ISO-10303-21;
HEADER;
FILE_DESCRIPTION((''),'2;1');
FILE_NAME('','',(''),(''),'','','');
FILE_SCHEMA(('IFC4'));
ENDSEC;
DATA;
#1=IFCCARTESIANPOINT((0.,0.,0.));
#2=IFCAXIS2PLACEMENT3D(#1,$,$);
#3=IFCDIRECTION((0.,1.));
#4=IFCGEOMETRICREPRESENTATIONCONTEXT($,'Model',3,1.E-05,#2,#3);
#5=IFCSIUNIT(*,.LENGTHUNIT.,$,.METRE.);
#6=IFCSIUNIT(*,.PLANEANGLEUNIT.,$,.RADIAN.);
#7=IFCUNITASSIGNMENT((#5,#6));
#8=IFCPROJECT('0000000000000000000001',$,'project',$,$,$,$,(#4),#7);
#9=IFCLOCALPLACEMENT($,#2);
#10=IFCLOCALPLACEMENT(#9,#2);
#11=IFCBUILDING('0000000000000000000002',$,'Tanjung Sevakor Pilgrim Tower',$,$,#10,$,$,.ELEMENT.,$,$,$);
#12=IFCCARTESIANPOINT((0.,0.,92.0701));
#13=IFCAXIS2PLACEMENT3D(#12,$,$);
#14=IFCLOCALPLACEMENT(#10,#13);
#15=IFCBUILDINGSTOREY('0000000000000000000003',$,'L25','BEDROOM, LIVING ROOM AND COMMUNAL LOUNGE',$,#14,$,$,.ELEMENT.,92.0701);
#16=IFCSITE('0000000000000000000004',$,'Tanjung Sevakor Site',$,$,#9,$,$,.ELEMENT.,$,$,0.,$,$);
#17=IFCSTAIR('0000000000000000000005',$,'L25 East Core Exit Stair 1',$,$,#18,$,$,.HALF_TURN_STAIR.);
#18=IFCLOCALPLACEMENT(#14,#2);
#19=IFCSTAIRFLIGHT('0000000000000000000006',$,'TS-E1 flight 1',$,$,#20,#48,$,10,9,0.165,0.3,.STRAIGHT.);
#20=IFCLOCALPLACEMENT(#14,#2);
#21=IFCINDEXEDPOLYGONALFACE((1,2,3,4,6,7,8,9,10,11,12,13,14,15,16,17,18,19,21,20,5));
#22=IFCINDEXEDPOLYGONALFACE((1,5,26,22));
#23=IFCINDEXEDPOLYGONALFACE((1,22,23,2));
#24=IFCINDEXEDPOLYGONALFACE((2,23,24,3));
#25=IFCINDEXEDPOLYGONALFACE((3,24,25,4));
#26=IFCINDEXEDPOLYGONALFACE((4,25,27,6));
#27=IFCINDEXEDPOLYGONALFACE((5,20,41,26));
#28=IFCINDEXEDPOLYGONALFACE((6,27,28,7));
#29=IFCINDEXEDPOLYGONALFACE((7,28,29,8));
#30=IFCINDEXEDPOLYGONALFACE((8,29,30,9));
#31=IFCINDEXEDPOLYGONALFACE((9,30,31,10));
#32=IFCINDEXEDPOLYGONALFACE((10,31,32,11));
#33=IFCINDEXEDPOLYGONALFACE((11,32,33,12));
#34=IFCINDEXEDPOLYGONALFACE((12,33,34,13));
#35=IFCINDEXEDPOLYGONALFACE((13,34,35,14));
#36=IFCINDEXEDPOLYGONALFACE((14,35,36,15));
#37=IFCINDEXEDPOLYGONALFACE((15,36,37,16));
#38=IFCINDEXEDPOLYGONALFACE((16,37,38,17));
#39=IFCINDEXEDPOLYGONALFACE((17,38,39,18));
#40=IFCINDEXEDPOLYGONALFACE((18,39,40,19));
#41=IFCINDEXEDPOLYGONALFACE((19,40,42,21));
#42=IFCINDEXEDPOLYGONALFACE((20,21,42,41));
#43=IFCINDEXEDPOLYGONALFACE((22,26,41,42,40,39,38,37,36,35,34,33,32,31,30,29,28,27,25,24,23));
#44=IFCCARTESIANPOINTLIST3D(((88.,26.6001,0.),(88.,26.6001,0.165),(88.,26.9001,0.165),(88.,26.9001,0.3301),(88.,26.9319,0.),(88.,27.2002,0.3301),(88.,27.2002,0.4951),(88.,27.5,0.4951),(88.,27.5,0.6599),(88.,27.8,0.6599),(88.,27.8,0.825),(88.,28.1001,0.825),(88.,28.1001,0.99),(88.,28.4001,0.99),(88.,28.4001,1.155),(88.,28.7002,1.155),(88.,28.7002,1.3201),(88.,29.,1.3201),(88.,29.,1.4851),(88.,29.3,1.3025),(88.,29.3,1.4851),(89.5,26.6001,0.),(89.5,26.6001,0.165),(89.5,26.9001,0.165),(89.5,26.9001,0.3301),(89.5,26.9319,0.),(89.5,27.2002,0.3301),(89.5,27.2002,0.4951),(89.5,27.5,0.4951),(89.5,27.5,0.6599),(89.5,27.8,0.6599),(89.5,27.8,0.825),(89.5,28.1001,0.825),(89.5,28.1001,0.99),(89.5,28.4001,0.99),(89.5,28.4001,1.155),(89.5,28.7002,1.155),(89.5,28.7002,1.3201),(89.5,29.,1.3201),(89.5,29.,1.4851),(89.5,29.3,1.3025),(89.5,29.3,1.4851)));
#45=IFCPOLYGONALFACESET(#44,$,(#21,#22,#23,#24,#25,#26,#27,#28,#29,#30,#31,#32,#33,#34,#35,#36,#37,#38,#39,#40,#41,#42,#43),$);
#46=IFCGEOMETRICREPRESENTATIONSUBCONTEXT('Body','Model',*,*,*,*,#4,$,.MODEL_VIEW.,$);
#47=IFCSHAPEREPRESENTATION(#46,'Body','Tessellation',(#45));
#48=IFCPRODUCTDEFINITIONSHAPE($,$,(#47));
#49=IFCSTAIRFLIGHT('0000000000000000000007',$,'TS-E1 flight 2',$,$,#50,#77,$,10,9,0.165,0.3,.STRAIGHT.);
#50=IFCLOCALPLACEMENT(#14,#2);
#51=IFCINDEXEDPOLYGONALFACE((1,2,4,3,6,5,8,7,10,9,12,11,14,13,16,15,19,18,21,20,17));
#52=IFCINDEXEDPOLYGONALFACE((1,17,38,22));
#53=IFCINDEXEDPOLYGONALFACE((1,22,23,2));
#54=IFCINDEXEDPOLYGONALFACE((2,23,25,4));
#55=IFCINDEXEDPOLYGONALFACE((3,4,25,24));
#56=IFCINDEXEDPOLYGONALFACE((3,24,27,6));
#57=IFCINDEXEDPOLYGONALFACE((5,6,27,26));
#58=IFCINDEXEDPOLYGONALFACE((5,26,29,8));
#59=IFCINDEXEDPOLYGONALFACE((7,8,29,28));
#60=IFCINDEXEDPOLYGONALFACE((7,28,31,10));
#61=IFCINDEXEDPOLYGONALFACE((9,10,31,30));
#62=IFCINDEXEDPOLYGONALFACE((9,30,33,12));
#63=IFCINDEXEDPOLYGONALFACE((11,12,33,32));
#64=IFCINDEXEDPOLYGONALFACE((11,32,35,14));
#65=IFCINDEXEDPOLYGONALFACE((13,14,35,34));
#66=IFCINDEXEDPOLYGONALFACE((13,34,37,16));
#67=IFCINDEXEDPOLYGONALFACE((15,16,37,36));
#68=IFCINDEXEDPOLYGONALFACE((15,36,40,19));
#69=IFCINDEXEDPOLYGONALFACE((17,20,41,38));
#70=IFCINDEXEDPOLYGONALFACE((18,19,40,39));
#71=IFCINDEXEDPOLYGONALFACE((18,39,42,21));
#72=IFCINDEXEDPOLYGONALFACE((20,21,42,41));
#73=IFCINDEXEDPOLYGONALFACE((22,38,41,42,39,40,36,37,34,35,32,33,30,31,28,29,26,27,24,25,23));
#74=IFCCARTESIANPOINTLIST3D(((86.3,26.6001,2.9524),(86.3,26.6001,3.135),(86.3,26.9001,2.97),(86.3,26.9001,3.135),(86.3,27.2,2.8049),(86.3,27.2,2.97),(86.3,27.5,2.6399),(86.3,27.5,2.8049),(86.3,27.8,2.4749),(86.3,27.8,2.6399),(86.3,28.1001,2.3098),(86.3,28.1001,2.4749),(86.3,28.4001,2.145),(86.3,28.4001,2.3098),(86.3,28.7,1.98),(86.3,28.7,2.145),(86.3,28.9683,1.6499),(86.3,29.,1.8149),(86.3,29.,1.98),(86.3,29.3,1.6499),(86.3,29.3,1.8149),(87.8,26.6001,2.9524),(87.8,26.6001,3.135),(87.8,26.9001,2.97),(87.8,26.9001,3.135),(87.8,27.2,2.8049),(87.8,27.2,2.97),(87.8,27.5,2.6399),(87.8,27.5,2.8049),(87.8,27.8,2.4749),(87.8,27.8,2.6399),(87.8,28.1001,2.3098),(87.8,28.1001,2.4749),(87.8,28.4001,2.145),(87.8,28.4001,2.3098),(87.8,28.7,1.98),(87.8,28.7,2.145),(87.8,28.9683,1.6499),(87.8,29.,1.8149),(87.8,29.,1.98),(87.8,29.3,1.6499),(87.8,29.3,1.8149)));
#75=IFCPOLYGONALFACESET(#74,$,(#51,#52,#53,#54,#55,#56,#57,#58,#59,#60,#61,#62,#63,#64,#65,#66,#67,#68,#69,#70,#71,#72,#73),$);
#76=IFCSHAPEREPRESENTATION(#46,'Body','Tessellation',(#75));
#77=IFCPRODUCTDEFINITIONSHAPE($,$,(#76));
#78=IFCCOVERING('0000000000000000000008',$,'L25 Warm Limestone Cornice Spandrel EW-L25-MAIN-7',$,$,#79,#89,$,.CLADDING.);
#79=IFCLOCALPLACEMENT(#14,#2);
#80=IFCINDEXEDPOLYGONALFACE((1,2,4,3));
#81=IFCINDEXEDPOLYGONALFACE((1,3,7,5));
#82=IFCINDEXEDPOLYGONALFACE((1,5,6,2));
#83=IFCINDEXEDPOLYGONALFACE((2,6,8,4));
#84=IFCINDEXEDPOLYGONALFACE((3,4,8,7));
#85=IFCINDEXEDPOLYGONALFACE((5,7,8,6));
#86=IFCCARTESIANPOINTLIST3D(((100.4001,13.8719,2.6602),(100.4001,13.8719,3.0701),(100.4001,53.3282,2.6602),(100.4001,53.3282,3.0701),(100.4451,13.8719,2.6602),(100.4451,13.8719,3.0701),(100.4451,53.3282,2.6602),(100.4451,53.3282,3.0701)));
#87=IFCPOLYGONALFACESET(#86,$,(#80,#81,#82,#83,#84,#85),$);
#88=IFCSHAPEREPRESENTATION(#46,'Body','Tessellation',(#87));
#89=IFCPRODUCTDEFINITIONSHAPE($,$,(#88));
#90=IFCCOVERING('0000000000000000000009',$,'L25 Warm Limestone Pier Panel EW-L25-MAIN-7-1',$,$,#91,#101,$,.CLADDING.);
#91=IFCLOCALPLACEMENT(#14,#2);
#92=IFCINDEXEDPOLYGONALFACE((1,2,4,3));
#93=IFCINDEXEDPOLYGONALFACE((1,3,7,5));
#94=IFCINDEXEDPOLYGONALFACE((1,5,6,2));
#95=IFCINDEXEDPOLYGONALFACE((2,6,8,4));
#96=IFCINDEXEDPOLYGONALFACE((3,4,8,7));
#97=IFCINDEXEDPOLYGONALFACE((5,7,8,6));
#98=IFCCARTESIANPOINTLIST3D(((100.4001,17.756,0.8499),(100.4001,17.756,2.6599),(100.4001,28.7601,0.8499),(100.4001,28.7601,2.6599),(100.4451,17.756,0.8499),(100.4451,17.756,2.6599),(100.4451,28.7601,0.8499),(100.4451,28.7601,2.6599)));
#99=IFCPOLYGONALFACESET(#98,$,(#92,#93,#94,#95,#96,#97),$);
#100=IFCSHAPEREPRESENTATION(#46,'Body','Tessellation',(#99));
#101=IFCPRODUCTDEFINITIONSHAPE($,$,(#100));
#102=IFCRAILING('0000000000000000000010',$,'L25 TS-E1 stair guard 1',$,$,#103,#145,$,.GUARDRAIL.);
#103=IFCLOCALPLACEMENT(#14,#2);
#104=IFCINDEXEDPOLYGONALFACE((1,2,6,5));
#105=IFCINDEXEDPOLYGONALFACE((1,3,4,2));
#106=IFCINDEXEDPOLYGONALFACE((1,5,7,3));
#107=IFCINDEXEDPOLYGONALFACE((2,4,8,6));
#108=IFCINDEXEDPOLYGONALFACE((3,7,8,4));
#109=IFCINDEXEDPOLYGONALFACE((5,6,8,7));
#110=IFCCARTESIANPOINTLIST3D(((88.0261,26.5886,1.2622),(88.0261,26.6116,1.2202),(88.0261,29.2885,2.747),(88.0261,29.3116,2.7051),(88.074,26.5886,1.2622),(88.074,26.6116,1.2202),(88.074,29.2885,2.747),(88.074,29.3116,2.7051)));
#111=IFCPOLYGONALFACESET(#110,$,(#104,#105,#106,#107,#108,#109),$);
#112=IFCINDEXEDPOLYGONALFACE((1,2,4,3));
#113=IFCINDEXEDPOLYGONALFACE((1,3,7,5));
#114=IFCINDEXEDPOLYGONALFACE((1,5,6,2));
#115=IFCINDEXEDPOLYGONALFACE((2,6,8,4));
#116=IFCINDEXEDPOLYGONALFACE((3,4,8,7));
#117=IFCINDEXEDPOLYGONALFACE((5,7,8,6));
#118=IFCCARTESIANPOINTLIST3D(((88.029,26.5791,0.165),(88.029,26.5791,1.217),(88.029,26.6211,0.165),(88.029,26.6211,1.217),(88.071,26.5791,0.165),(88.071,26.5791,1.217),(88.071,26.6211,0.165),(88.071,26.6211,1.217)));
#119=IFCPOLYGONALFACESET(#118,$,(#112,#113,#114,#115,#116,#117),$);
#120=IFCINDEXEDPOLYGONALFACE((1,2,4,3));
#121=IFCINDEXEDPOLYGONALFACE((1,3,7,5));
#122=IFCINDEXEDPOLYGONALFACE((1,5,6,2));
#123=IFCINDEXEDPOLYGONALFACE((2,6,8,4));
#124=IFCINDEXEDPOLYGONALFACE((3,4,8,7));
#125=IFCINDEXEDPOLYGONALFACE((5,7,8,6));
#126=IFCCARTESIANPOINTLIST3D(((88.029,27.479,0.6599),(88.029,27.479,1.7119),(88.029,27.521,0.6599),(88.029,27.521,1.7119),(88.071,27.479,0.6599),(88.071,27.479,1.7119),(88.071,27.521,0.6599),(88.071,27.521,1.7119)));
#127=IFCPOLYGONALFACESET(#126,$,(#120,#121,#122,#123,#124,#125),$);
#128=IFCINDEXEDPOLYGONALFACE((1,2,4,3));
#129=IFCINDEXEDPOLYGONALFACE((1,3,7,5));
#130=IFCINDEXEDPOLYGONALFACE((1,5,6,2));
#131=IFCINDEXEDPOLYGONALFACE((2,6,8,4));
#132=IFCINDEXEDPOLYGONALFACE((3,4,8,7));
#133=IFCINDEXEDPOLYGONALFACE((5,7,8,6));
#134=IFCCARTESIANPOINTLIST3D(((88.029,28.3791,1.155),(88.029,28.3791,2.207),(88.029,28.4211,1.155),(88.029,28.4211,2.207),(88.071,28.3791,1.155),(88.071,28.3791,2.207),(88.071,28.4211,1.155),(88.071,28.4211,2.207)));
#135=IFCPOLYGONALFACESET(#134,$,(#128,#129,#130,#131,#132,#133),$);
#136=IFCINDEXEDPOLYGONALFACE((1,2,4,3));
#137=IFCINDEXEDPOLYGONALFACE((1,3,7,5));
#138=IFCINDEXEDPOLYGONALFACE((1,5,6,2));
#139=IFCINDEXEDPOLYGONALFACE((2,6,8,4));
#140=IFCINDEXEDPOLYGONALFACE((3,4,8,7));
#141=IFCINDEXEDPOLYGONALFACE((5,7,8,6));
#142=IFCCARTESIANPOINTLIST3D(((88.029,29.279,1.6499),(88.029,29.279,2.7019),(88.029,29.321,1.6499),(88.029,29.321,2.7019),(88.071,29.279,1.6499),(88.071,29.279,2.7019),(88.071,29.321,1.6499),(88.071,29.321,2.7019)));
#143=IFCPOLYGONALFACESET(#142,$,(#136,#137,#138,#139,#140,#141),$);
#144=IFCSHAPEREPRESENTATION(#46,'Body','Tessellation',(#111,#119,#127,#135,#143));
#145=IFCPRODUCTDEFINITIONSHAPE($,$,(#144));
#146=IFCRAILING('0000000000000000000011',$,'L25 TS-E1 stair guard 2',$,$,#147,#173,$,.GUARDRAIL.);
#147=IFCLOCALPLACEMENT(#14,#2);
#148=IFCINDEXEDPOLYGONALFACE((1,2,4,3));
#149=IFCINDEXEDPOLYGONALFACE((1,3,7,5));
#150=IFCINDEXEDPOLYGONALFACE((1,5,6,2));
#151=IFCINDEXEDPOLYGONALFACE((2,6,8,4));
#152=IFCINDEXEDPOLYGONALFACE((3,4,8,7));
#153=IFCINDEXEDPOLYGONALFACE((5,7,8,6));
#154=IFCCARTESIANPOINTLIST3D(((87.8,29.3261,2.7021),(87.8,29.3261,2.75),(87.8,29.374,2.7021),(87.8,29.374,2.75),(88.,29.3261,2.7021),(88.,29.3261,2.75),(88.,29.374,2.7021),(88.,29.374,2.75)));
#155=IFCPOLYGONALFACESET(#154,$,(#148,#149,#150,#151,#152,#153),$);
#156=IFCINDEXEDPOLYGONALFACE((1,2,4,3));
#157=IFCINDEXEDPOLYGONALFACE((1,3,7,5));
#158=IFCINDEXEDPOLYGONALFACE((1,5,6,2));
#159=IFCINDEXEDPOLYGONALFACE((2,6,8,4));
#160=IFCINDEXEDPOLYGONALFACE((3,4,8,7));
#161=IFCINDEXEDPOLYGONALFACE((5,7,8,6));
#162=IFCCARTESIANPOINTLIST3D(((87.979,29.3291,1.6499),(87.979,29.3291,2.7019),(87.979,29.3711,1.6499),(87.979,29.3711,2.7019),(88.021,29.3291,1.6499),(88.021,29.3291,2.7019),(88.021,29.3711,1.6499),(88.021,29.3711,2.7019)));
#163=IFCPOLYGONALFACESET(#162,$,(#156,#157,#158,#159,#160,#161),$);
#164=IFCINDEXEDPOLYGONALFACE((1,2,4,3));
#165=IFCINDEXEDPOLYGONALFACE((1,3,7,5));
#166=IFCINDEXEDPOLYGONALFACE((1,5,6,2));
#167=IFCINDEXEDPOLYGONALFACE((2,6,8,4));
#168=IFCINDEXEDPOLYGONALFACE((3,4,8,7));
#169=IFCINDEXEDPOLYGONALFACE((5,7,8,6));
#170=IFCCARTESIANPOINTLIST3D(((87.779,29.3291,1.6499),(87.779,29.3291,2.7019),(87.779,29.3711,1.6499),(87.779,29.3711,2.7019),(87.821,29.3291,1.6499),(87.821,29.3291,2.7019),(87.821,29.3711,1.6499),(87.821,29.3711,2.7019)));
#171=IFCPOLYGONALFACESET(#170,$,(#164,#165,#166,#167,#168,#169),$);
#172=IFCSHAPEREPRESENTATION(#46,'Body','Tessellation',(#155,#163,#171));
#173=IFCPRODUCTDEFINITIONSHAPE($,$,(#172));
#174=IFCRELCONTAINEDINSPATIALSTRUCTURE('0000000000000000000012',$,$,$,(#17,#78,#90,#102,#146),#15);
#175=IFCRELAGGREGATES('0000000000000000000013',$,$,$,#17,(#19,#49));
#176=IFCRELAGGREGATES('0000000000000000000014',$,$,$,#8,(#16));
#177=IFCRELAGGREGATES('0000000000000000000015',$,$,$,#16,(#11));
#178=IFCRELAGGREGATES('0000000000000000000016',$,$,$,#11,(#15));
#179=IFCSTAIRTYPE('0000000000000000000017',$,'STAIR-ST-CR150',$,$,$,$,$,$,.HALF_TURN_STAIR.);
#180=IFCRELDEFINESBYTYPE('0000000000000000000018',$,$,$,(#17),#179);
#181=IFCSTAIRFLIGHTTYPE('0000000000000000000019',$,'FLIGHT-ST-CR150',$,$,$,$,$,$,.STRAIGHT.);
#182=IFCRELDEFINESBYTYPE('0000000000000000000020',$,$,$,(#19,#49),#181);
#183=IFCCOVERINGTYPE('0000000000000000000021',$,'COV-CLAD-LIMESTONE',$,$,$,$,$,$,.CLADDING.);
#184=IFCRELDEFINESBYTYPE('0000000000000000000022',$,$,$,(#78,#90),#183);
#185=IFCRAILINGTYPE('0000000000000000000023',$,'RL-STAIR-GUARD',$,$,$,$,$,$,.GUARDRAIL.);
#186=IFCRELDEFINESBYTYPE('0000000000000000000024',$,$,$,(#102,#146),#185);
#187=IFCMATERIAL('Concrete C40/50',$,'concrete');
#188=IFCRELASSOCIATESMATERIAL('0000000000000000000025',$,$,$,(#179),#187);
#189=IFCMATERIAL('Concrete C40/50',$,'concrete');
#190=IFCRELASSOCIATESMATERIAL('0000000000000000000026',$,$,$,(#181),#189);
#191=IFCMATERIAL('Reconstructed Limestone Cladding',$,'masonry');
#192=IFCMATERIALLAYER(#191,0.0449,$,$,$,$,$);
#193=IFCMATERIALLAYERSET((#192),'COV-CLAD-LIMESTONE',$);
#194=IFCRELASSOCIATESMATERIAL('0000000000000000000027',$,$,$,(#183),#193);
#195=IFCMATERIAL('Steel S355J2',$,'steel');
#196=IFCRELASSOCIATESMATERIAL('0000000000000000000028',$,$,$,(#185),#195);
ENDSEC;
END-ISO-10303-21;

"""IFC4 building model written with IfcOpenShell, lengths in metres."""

from ifc_helpers import new_model, si_unit, direction, frame, origin, origin_2d, place, context, subcontext, project, spatial, polyline, rectangle, outline, extrude, material, layer, layer_set, type_object, element, aggregate, save


model = new_model("IFC4")

# Units and contexts
model_context = context("Model", 3, precision=1e-05, world=origin(), true_north=direction((0.0, 1.0)))
body_context = subcontext(model_context, "Body", "Model", "MODEL_VIEW")
ifc_project = project(units=[si_unit("LENGTHUNIT", "METRE"), si_unit("PLANEANGLEUNIT", "RADIAN")], contexts=[model_context])

# Site, building, storey
site_placement = place(None, origin())
site = spatial("IfcSite", under=ifc_project, at=site_placement, Name="Tanjung Sevakor Site", CompositionType="ELEMENT", RefElevation=0.0)
building_placement = place(site_placement, origin())
building = spatial("IfcBuilding", under=site, at=building_placement, Name="Tanjung Sevakor Pilgrim Tower", CompositionType="ELEMENT")
storey_placement = place(building_placement, frame((0.0, 0.0, 92.0701)))
storey = spatial("IfcBuildingStorey", under=building, at=storey_placement, Name="L25", Description="BEDROOM, LIVING ROOM AND COMMUNAL LOUNGE", CompositionType="ELEMENT", Elevation=92.0701)

# Stair, stair flights
ifc_material_1 = material(Name="Concrete C40/50", Category="concrete")
stair_type = type_object("IfcStairType", Name="STAIR-ST-CR150", PredefinedType="HALF_TURN_STAIR", material=ifc_material_1)
stair_placement = place(storey_placement, origin())
stair = element("IfcStair", 1, at=stair_placement, inside=storey, type_object=stair_type, Name="L25 East Core Exit Stair 1", PredefinedType="HALF_TURN_STAIR")
ifc_material_2 = material(Name="Concrete C40/50", Category="concrete")
stair_flight_type = type_object("IfcStairFlightType", Name="FLIGHT-ST-CR150", PredefinedType="STRAIGHT", material=ifc_material_2)
stair_flight_1_placement = place(storey_placement, frame((88.75, 26.6001, 0.0), z_axis=(0.0, 0.0, 1.0), x_axis=(0.0, 1.0, 0.0)))
stair_flight_1 = element("IfcStairFlight", 2, at=stair_flight_1_placement, type_object=stair_flight_type, Name="TS-E1 flight 1", NumberOfRisers=10, NumberOfTreads=9, PredefinedType="STRAIGHT", RiserHeight=0.165, TreadLength=0.3, context=body_context, shape_type="SweptSolid", body=[
    extrude(outline(polyline([(0.0, 0.0), (0.0, 0.165), (0.3, 0.165), (0.3, 0.3301), (0.6001, 0.3301), (0.6001, 0.4951), (0.8999, 0.4951), (0.8999, 0.6599), (1.2, 0.6599), (1.2, 0.825), (1.5, 0.825), (1.5, 0.99), (1.8, 0.99), (1.8, 1.155), (2.1001, 1.155), (2.1001, 1.3201), (2.3999, 1.3201), (2.3999, 1.4851), (2.7, 1.4851), (2.7, 1.6499), (2.7, 1.3025), (0.3318, 0.0), (0.0, 0.0)])), frame((0.0, 0.75, 0.0), z_axis=(0.0, -1.0, 0.0), x_axis=(1.0, 0.0, 0.0)), (0.0, 0.0, 1.0), 1.5),
])
stair_flight_2_placement = place(storey_placement, frame((87.05, 29.3, 1.6499), z_axis=(0.0, 0.0, 1.0), x_axis=(0.0, -1.0, 0.0)))
stair_flight_2 = element("IfcStairFlight", 3, at=stair_flight_2_placement, type_object=stair_flight_type, Name="TS-E1 flight 2", NumberOfRisers=10, NumberOfTreads=9, PredefinedType="STRAIGHT", RiserHeight=0.165, TreadLength=0.3, context=body_context, shape_type="SweptSolid", body=[
    extrude(outline(polyline([(0.0, 0.0), (0.0, 0.165), (0.3, 0.165), (0.3, 0.3301), (0.6001, 0.3301), (0.6001, 0.4951), (0.8999, 0.4951), (0.8999, 0.6599), (1.2, 0.6599), (1.2, 0.825), (1.5, 0.825), (1.5, 0.99), (1.8, 0.99), (1.8, 1.155), (2.1001, 1.155), (2.1001, 1.3201), (2.3999, 1.3201), (2.3999, 1.4851), (2.7, 1.4851), (2.7, 1.6499), (2.7, 1.3025), (0.3318, 0.0), (0.0, 0.0)])), frame((0.0, 0.75, 0.0), z_axis=(0.0, -1.0, 0.0), x_axis=(1.0, 0.0, 0.0)), (0.0, 0.0, 1.0), 1.5),
])
aggregate(stair, [stair_flight_1, stair_flight_2])

# Coverings
ifc_material_3 = material(Name="Reconstructed Limestone Cladding", Category="masonry")
ifc_layer_1 = layer(ifc_material_3, 0.0449)
ifc_layer_set_1 = layer_set([ifc_layer_1], Name="COV-CLAD-LIMESTONE")
covering_type = type_object("IfcCoveringType", Name="COV-CLAD-LIMESTONE", PredefinedType="CLADDING", material=ifc_layer_set_1)
covering_1_placement = place(storey_placement, frame((100.4226, 33.6001, 2.6602), z_axis=(0.0, 0.0, 1.0), x_axis=(0.0, 1.0, 0.0)))
element("IfcCovering", 4, at=covering_1_placement, inside=storey, type_object=covering_type, Name="L25 Warm Limestone Cornice Spandrel EW-L25-MAIN-7", PredefinedType="CLADDING", context=body_context, shape_type="SweptSolid", body=[
    extrude(rectangle(XDim=39.4563, YDim=0.0449, at=origin_2d()), origin(), (0.0, 0.0, 1.0), 0.4099),
])
covering_2_placement = place(storey_placement, frame((100.4226, 23.2581, 0.8499), z_axis=(0.0, 0.0, 1.0), x_axis=(0.0, 1.0, 0.0)))
element("IfcCovering", 5, at=covering_2_placement, inside=storey, type_object=covering_type, Name="L25 Warm Limestone Pier Panel EW-L25-MAIN-7-1", PredefinedType="CLADDING", context=body_context, shape_type="SweptSolid", body=[
    extrude(rectangle(XDim=11.0042, YDim=0.0449, at=origin_2d()), origin(), (0.0, 0.0, 1.0), 1.8101),
])

# Railings
ifc_material_4 = material(Name="Steel S355J2", Category="steel")
railing_type_1 = type_object("IfcRailingType", Name="RL-STAIR-GUARD", PredefinedType="GUARDRAIL", material=ifc_material_4)
railing_1_placement = place(storey_placement, frame((88.05, 26.6001, 0.165)))
element("IfcRailing", 6, at=railing_1_placement, inside=storey, type_object=railing_type_1, Name="L25 TS-E1 stair guard 1", PredefinedType="GUARDRAIL", context=body_context, shape_type="SweptSolid", body=[
    extrude(rectangle(XDim=0.0479, YDim=0.0479), frame((0.0, 0.0, 1.0762), z_axis=(0.0, 0.876231, 0.481891), x_axis=(-1.0, 0.0, 0.0)), (0.0, 0.0, 1.0), 3.0813),
    extrude(rectangle(XDim=0.042, YDim=0.042), origin(), (0.0, 0.0, 1.0), 1.052),
    extrude(rectangle(XDim=0.042, YDim=0.042), frame((0.0, 0.8999, 0.4949)), (0.0, 0.0, 1.0), 1.052),
    extrude(rectangle(XDim=0.042, YDim=0.042), frame((0.0, 1.8, 0.99)), (0.0, 0.0, 1.0), 1.052),
    extrude(rectangle(XDim=0.042, YDim=0.042), frame((0.0, 2.7, 1.4849)), (0.0, 0.0, 1.0), 1.052),
])
railing_2_placement = place(storey_placement, frame((88.0, 29.3501, 1.6499)))
element("IfcRailing", 7, at=railing_2_placement, inside=storey, type_object=railing_type_1, Name="L25 TS-E1 stair guard 2", PredefinedType="GUARDRAIL", context=body_context, shape_type="SweptSolid", body=[
    extrude(rectangle(XDim=0.0479, YDim=0.0479), frame((0.0, 0.0, 1.0762), z_axis=(-1.0, 0.0, 0.0), x_axis=(0.0, -1.0, 0.0)), (0.0, 0.0, 1.0), 0.2),
    extrude(rectangle(XDim=0.042, YDim=0.042), origin(), (0.0, 0.0, 1.0), 1.052),
    extrude(rectangle(XDim=0.042, YDim=0.042), frame((-0.2, 0.0, 0.0)), (0.0, 0.0, 1.0), 1.052),
])

save(model, "model.ifc")
